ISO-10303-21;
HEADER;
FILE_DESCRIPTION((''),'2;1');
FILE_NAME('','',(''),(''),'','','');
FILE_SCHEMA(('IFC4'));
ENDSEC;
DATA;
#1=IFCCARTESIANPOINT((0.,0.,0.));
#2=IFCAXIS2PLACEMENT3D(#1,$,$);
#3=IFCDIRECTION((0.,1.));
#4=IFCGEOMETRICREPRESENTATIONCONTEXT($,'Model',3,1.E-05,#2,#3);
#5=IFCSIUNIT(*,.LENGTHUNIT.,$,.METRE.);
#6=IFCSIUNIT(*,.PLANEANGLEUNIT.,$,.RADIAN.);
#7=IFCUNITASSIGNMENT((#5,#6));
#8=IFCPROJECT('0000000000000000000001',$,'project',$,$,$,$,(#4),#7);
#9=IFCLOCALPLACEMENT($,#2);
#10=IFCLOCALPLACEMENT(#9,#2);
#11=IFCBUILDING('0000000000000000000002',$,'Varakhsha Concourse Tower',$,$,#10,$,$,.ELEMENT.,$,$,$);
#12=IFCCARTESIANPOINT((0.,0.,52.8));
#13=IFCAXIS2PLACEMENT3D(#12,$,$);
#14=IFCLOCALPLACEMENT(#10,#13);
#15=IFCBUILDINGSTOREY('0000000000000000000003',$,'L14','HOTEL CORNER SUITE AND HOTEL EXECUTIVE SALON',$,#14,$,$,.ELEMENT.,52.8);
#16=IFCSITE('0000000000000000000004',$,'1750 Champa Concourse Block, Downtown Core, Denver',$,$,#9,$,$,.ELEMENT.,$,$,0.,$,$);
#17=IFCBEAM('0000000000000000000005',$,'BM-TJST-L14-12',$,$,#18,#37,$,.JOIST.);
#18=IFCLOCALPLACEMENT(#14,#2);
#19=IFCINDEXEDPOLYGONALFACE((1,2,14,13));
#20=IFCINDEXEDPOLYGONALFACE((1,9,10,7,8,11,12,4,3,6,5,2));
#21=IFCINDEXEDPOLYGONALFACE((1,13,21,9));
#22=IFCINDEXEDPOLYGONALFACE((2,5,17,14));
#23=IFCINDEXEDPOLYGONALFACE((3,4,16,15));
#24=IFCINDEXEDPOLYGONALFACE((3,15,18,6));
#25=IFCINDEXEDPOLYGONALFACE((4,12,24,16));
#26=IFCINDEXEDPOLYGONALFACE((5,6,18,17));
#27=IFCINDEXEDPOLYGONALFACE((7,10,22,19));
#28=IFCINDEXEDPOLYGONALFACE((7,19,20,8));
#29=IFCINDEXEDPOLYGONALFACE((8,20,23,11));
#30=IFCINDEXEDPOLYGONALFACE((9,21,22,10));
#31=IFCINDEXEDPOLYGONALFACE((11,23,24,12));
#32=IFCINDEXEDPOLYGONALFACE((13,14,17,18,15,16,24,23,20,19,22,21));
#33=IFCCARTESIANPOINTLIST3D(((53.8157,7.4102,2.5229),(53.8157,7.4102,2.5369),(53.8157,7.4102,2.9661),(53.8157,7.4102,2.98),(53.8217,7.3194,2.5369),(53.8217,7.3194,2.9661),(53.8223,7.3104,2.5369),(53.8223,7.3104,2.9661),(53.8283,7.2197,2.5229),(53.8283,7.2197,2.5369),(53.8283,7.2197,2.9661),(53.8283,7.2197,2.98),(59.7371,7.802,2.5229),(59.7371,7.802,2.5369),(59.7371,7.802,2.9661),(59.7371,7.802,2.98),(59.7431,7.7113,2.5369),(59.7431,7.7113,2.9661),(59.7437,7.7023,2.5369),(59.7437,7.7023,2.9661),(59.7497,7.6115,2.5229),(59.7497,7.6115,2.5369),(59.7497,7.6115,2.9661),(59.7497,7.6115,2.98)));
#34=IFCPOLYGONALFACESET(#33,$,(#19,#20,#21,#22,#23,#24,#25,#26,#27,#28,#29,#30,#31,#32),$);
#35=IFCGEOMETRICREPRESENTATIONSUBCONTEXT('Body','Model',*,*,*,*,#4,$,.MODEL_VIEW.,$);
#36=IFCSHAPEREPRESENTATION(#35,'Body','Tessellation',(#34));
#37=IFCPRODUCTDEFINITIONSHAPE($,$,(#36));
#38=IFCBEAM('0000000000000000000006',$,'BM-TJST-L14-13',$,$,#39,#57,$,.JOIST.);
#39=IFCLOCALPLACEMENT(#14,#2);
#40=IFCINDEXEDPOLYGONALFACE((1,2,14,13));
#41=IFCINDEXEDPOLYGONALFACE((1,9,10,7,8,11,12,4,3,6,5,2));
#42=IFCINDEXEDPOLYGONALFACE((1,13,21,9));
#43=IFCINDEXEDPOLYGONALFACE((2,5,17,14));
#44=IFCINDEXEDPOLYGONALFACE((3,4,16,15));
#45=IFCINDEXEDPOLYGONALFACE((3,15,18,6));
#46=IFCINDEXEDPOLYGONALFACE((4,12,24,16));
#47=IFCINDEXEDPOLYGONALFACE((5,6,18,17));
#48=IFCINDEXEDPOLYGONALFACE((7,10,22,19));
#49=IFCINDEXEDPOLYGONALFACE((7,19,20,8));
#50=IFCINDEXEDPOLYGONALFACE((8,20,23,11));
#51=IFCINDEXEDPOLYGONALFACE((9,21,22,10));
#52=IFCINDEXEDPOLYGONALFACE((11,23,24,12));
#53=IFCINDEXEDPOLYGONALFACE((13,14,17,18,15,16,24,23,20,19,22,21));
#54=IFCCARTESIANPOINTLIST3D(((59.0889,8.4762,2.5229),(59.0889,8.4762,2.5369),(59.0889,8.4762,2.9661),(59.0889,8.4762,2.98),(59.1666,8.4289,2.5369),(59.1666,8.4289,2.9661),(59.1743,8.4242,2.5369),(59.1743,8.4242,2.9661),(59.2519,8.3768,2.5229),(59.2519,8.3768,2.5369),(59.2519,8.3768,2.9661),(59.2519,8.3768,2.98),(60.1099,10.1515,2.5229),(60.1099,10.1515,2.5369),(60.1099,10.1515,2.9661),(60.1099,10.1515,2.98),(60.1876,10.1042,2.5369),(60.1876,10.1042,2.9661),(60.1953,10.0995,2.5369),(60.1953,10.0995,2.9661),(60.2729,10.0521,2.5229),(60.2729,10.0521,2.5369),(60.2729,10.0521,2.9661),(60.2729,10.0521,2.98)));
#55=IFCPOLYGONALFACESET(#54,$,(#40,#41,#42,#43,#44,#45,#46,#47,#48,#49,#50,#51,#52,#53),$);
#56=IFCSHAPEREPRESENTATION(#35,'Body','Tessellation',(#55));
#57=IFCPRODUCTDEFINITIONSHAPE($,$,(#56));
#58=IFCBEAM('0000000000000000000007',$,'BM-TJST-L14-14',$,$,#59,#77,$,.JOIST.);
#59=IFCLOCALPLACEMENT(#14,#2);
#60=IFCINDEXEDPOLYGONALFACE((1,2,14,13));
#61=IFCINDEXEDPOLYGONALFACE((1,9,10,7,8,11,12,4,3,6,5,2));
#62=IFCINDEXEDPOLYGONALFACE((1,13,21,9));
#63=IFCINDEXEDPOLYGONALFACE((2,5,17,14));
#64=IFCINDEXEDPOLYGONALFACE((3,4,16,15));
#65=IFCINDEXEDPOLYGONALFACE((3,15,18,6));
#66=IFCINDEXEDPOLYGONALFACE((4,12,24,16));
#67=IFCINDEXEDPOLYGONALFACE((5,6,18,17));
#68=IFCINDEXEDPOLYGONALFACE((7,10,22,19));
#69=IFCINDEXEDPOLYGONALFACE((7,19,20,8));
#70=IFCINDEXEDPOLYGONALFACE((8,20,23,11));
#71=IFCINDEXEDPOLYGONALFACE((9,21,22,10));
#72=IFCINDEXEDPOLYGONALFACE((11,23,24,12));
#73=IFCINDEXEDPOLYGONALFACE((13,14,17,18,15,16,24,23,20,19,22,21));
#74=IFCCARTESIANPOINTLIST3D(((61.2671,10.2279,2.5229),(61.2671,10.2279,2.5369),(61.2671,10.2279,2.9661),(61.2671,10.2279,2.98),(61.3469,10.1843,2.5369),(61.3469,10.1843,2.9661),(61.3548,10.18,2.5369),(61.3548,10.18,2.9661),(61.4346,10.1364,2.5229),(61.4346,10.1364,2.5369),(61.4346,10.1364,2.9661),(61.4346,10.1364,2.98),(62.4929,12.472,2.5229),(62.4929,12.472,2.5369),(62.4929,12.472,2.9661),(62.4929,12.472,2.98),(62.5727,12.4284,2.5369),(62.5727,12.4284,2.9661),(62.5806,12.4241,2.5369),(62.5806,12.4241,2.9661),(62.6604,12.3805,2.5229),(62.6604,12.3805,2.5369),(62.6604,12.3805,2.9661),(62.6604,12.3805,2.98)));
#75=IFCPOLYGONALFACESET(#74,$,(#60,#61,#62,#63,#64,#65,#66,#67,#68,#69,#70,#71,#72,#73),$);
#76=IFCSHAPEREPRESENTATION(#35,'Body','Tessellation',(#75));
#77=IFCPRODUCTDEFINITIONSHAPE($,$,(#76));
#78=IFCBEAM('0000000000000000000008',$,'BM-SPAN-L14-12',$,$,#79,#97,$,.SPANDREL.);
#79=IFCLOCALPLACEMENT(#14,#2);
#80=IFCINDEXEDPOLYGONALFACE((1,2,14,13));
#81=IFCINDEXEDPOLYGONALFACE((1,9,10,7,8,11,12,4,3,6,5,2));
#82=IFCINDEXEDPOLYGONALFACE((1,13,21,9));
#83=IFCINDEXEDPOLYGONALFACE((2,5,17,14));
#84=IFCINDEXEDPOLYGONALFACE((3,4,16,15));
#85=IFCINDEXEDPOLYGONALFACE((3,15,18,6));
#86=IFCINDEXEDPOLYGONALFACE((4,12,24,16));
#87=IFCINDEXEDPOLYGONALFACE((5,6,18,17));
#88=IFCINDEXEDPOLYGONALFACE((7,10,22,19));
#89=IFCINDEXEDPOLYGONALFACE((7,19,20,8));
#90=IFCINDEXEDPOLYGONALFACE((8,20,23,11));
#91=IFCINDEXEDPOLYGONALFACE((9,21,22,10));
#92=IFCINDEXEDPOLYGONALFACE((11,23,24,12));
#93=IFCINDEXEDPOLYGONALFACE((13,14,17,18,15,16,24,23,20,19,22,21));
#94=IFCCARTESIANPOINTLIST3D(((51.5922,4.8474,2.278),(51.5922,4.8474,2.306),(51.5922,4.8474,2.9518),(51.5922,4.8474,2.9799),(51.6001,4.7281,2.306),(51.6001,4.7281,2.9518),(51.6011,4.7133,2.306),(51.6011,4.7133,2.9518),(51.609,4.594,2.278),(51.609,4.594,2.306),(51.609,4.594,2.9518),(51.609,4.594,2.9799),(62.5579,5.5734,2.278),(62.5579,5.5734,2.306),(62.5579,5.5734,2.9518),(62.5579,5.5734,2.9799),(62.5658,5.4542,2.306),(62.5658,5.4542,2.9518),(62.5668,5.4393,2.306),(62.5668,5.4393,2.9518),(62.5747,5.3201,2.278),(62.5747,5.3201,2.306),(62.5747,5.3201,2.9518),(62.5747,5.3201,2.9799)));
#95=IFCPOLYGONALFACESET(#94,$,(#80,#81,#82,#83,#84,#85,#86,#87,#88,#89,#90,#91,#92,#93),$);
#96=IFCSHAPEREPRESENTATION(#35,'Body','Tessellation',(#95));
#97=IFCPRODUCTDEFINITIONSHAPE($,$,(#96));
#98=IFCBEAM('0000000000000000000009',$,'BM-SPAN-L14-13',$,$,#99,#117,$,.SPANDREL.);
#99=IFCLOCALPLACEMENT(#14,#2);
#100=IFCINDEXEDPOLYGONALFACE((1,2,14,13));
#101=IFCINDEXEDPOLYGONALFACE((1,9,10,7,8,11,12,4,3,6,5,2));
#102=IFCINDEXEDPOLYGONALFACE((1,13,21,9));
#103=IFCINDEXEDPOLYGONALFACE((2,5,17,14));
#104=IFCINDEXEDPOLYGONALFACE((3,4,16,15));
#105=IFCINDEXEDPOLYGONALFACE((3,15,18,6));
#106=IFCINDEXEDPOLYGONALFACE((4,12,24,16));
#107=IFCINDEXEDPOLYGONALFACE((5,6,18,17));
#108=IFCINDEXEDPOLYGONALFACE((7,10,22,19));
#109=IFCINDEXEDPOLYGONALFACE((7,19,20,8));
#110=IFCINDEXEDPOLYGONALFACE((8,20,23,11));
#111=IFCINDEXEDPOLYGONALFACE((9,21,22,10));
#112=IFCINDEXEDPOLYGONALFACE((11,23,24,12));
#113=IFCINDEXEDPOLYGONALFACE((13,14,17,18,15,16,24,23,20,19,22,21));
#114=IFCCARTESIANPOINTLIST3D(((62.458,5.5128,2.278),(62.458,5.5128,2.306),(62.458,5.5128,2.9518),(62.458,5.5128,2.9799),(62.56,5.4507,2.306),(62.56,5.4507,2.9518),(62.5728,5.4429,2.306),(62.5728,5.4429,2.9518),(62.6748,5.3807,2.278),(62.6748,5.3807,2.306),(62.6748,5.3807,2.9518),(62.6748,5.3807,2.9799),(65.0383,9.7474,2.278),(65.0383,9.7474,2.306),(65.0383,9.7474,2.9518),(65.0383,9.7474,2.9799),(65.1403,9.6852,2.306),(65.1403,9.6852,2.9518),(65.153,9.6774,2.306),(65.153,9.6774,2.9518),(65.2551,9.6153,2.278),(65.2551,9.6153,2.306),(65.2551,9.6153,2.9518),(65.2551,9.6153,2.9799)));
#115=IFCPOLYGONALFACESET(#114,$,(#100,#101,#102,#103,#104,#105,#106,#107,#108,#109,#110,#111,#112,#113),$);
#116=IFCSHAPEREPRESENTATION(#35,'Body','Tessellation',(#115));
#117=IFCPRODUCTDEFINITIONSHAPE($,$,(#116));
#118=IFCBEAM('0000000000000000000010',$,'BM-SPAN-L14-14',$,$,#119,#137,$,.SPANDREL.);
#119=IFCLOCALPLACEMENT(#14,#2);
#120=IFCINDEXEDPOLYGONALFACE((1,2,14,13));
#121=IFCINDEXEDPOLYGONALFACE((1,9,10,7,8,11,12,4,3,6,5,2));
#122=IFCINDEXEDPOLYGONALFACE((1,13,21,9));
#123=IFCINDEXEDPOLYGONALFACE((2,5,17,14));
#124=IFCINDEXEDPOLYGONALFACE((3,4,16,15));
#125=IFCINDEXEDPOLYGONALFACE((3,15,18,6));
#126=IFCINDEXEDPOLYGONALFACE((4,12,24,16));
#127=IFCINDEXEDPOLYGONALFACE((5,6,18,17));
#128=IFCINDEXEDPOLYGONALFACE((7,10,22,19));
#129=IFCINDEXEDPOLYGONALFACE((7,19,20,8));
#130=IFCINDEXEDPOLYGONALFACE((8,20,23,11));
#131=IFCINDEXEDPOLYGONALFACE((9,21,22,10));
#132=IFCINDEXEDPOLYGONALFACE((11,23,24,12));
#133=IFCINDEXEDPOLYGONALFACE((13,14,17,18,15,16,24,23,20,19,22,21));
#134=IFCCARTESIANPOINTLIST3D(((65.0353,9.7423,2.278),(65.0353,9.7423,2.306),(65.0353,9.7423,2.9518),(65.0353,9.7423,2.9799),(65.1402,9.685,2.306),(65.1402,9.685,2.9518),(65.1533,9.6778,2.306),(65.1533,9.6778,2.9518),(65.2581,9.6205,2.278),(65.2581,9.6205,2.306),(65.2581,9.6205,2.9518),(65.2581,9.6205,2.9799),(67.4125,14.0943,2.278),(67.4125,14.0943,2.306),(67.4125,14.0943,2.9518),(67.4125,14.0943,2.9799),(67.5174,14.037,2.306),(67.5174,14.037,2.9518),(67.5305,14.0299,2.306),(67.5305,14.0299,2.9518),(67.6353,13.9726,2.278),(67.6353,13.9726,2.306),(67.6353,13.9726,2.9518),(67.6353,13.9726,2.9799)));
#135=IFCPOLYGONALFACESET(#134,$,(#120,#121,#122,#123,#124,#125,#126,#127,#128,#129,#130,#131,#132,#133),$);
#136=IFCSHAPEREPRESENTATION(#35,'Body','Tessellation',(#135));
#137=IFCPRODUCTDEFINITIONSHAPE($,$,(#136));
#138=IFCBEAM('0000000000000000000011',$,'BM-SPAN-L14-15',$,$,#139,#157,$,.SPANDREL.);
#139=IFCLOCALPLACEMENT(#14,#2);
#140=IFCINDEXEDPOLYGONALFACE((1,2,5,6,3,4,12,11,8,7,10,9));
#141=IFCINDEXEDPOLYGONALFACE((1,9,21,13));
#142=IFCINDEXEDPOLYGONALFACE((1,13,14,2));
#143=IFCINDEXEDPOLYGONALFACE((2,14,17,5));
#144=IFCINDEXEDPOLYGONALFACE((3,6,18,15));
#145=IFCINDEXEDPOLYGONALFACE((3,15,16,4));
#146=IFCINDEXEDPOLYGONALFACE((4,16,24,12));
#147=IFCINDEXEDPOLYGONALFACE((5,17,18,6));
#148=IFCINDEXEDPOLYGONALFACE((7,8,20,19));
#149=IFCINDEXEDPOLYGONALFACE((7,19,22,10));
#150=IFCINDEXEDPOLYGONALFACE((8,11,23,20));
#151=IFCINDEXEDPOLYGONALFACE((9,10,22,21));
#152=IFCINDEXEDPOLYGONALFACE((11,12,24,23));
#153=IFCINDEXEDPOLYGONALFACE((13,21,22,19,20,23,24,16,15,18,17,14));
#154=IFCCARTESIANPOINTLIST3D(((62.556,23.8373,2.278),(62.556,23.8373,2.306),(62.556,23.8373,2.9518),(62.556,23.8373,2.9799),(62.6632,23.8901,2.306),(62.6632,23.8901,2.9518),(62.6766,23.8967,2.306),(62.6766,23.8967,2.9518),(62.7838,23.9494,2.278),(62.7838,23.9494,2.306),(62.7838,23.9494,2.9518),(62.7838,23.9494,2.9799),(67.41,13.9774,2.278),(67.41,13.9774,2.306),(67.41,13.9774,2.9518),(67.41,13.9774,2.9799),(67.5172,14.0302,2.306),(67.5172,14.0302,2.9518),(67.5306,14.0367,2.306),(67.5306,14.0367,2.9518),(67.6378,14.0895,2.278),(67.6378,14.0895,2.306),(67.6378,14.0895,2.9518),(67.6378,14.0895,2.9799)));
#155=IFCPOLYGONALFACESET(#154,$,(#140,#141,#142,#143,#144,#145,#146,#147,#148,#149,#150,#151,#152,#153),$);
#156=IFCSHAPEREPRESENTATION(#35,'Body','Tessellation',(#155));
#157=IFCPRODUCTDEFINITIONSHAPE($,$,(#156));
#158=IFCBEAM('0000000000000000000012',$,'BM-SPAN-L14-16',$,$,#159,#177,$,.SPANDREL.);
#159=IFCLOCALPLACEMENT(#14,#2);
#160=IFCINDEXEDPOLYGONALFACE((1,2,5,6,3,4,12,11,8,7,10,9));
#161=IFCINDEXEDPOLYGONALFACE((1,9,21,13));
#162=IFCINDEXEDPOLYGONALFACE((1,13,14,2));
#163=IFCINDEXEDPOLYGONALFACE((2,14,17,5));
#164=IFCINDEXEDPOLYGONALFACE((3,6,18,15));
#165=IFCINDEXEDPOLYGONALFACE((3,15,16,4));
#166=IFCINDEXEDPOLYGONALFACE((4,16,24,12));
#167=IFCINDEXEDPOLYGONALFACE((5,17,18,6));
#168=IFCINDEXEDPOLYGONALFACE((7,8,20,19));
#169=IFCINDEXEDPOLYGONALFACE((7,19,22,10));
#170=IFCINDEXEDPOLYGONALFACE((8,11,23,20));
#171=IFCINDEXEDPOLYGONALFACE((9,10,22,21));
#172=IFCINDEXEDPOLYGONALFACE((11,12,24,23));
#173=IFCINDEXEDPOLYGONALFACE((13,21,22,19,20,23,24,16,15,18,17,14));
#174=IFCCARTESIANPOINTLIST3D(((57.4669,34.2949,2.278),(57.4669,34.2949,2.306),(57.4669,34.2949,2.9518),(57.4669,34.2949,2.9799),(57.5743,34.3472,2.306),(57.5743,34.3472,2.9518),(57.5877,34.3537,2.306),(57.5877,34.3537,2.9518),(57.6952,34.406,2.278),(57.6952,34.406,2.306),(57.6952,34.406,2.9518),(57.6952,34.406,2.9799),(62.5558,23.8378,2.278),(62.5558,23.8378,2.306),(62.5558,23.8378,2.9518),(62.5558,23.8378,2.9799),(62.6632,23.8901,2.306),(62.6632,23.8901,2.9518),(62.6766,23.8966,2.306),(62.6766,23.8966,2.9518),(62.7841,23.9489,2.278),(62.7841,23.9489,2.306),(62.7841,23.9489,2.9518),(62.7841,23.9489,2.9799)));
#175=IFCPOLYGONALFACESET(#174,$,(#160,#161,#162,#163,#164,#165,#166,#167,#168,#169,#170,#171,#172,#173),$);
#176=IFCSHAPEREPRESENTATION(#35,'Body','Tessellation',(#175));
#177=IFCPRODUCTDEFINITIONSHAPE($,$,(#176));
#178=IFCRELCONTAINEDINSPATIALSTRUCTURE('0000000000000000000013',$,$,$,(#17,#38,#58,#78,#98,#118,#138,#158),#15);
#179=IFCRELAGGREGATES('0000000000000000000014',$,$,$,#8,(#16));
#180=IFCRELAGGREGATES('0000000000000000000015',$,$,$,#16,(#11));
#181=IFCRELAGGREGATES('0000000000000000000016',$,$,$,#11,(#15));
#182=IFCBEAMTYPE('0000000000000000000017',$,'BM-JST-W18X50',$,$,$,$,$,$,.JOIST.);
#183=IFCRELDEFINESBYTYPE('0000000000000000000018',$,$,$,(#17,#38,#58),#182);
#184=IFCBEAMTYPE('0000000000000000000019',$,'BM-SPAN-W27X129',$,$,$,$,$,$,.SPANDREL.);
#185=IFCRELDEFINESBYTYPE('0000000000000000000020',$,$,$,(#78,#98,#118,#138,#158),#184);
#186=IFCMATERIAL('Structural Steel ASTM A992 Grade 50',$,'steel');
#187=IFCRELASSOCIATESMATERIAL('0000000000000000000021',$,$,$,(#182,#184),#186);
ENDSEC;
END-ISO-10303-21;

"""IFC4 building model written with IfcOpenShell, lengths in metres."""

from ifc_helpers import new_model, si_unit, direction, frame, origin, origin_2d, place, context, subcontext, project, spatial, i_section, extrude, material, material_profile, profile_set, type_object, element, save


model = new_model("IFC4")

# Units and contexts
model_context = context("Model", 3, precision=1e-05, world=origin(), true_north=direction((0.0, 1.0)))
body_context = subcontext(model_context, "Body", "Model", "MODEL_VIEW")
ifc_project = project(units=[si_unit("LENGTHUNIT", "METRE"), si_unit("PLANEANGLEUNIT", "RADIAN")], contexts=[model_context])

# Site, building, storey
site_placement = place(None, origin())
site = spatial("IfcSite", under=ifc_project, at=site_placement, Name="1750 Champa Concourse Block, Downtown Core, Denver", CompositionType="ELEMENT", RefElevation=0.0)
building_placement = place(site_placement, origin())
building = spatial("IfcBuilding", under=site, at=building_placement, Name="Varakhsha Concourse Tower", CompositionType="ELEMENT")
storey_placement = place(building_placement, frame((0.0, 0.0, 52.8)))
storey = spatial("IfcBuildingStorey", under=building, at=storey_placement, Name="L14", Description="HOTEL CORNER SUITE AND HOTEL EXECUTIVE SALON", CompositionType="ELEMENT", Elevation=52.8)

# Shared definitions
ifc_material_1 = material(Name="Structural Steel ASTM A992 Grade 50", Category="steel")

# Beams
ifc_material_profile_1 = material_profile(ifc_material_1, i_section(OverallWidth=0.1909, OverallDepth=0.457, WebThickness=0.009, FlangeThickness=0.0139, at=origin_2d()), Name="W18X50")
ifc_profile_set_1 = profile_set([ifc_material_profile_1], Name="Structural Steel ASTM A992 Grade 50")
beam_type_1 = type_object("IfcBeamType", Name="BM-JST-W18X50", PredefinedType="JOIST", material=ifc_profile_set_1)
beam_1_placement = place(storey_placement, frame((53.822, 7.3149, 2.7515), z_axis=(0.997818, 0.06603, 0.0), x_axis=(-0.06603, 0.997818, 0.0)))
element("IfcBeam", 1, at=beam_1_placement, inside=storey, type_object=beam_type_1, Name="BM-TJST-L14-12", PredefinedType="JOIST", context=body_context, shape_type="SweptSolid", body=[
    extrude(i_section(OverallWidth=0.1909, OverallDepth=0.457, WebThickness=0.009, FlangeThickness=0.0139, at=origin_2d()), origin(), (0.0, 0.0, 1.0), 5.9343),
])
beam_2_placement = place(storey_placement, frame((59.1704, 8.4265, 2.7515), z_axis=(0.520413, 0.853915, 0.0), x_axis=(-0.853915, 0.520413, 0.0)))
element("IfcBeam", 2, at=beam_2_placement, inside=storey, type_object=beam_type_1, Name="BM-TJST-L14-13", PredefinedType="JOIST", context=body_context, shape_type="SweptSolid", body=[
    extrude(i_section(OverallWidth=0.1909, OverallDepth=0.457, WebThickness=0.009, FlangeThickness=0.0139, at=origin_2d()), origin(), (0.0, 0.0, 1.0), 1.9619),
])
beam_3_placement = place(storey_placement, frame((61.3508, 10.1821, 2.7515), z_axis=(0.479381, 0.877607, 0.0), x_axis=(-0.877607, 0.479381, 0.0)))
element("IfcBeam", 3, at=beam_3_placement, inside=storey, type_object=beam_type_1, Name="BM-TJST-L14-14", PredefinedType="JOIST", context=body_context, shape_type="SweptSolid", body=[
    extrude(i_section(OverallWidth=0.1909, OverallDepth=0.457, WebThickness=0.009, FlangeThickness=0.0139, at=origin_2d()), origin(), (0.0, 0.0, 1.0), 2.5571),
])
ifc_material_profile_2 = material_profile(ifc_material_1, i_section(OverallWidth=0.2539, OverallDepth=0.7019, WebThickness=0.0149, FlangeThickness=0.0281, at=origin_2d()), Name="W27X129")
ifc_profile_set_2 = profile_set([ifc_material_profile_2], Name="Structural Steel ASTM A992 Grade 50")
beam_type_2 = type_object("IfcBeamType", Name="BM-SPAN-W27X129", PredefinedType="SPANDREL", material=ifc_profile_set_2)
beam_4_placement = place(storey_placement, frame((51.6006, 4.7207, 2.6289), z_axis=(0.997815, 0.066068, 0.0), x_axis=(-0.066068, 0.997815, 0.0)))
element("IfcBeam", 4, at=beam_4_placement, inside=storey, type_object=beam_type_2, Name="BM-SPAN-L14-12", PredefinedType="SPANDREL", context=body_context, shape_type="SweptSolid", body=[
    extrude(i_section(OverallWidth=0.2539, OverallDepth=0.7019, WebThickness=0.0149, FlangeThickness=0.0281, at=origin_2d()), origin(), (0.0, 0.0, 1.0), 10.9897),
])
beam_5_placement = place(storey_placement, frame((62.5664, 5.4468, 2.6289), z_axis=(0.520348, 0.853954, 0.0), x_axis=(-0.853954, 0.520348, 0.0)))
element("IfcBeam", 5, at=beam_5_placement, inside=storey, type_object=beam_type_2, Name="BM-SPAN-L14-13", PredefinedType="SPANDREL", context=body_context, shape_type="SweptSolid", body=[
    extrude(i_section(OverallWidth=0.2539, OverallDepth=0.7019, WebThickness=0.0149, FlangeThickness=0.0281, at=origin_2d()), origin(), (0.0, 0.0, 1.0), 4.9587),
])
beam_6_placement = place(storey_placement, frame((65.1467, 9.6814, 2.6289), z_axis=(0.479373, 0.877611, 0.0), x_axis=(-0.877611, 0.479373, 0.0)))
element("IfcBeam", 6, at=beam_6_placement, inside=storey, type_object=beam_type_2, Name="BM-SPAN-L14-14", PredefinedType="SPANDREL", context=body_context, shape_type="SweptSolid", body=[
    extrude(i_section(OverallWidth=0.2539, OverallDepth=0.7019, WebThickness=0.0149, FlangeThickness=0.0281, at=origin_2d()), origin(), (0.0, 0.0, 1.0), 4.959),
])
beam_7_placement = place(storey_placement, frame((67.5239, 14.0334, 2.6289), z_axis=(-0.441678, 0.897174, 0.0), x_axis=(-0.897174, -0.441678, 0.0)))
element("IfcBeam", 7, at=beam_7_placement, inside=storey, type_object=beam_type_2, Name="BM-SPAN-L14-15", PredefinedType="SPANDREL", context=body_context, shape_type="SweptSolid", body=[
    extrude(i_section(OverallWidth=0.2539, OverallDepth=0.7019, WebThickness=0.0149, FlangeThickness=0.0281, at=origin_2d()), origin(), (0.0, 0.0, 1.0), 10.99),
])
beam_8_placement = place(storey_placement, frame((62.6699, 23.8933, 2.6289), z_axis=(-0.437581, 0.899179, 0.0), x_axis=(-0.899179, -0.437581, 0.0)))
element("IfcBeam", 8, at=beam_8_placement, inside=storey, type_object=beam_type_2, Name="BM-SPAN-L14-16", PredefinedType="SPANDREL", context=body_context, shape_type="SweptSolid", body=[
    extrude(i_section(OverallWidth=0.2539, OverallDepth=0.7019, WebThickness=0.0149, FlangeThickness=0.0281, at=origin_2d()), origin(), (0.0, 0.0, 1.0), 11.6296),
])

save(model, "model.ifc")
